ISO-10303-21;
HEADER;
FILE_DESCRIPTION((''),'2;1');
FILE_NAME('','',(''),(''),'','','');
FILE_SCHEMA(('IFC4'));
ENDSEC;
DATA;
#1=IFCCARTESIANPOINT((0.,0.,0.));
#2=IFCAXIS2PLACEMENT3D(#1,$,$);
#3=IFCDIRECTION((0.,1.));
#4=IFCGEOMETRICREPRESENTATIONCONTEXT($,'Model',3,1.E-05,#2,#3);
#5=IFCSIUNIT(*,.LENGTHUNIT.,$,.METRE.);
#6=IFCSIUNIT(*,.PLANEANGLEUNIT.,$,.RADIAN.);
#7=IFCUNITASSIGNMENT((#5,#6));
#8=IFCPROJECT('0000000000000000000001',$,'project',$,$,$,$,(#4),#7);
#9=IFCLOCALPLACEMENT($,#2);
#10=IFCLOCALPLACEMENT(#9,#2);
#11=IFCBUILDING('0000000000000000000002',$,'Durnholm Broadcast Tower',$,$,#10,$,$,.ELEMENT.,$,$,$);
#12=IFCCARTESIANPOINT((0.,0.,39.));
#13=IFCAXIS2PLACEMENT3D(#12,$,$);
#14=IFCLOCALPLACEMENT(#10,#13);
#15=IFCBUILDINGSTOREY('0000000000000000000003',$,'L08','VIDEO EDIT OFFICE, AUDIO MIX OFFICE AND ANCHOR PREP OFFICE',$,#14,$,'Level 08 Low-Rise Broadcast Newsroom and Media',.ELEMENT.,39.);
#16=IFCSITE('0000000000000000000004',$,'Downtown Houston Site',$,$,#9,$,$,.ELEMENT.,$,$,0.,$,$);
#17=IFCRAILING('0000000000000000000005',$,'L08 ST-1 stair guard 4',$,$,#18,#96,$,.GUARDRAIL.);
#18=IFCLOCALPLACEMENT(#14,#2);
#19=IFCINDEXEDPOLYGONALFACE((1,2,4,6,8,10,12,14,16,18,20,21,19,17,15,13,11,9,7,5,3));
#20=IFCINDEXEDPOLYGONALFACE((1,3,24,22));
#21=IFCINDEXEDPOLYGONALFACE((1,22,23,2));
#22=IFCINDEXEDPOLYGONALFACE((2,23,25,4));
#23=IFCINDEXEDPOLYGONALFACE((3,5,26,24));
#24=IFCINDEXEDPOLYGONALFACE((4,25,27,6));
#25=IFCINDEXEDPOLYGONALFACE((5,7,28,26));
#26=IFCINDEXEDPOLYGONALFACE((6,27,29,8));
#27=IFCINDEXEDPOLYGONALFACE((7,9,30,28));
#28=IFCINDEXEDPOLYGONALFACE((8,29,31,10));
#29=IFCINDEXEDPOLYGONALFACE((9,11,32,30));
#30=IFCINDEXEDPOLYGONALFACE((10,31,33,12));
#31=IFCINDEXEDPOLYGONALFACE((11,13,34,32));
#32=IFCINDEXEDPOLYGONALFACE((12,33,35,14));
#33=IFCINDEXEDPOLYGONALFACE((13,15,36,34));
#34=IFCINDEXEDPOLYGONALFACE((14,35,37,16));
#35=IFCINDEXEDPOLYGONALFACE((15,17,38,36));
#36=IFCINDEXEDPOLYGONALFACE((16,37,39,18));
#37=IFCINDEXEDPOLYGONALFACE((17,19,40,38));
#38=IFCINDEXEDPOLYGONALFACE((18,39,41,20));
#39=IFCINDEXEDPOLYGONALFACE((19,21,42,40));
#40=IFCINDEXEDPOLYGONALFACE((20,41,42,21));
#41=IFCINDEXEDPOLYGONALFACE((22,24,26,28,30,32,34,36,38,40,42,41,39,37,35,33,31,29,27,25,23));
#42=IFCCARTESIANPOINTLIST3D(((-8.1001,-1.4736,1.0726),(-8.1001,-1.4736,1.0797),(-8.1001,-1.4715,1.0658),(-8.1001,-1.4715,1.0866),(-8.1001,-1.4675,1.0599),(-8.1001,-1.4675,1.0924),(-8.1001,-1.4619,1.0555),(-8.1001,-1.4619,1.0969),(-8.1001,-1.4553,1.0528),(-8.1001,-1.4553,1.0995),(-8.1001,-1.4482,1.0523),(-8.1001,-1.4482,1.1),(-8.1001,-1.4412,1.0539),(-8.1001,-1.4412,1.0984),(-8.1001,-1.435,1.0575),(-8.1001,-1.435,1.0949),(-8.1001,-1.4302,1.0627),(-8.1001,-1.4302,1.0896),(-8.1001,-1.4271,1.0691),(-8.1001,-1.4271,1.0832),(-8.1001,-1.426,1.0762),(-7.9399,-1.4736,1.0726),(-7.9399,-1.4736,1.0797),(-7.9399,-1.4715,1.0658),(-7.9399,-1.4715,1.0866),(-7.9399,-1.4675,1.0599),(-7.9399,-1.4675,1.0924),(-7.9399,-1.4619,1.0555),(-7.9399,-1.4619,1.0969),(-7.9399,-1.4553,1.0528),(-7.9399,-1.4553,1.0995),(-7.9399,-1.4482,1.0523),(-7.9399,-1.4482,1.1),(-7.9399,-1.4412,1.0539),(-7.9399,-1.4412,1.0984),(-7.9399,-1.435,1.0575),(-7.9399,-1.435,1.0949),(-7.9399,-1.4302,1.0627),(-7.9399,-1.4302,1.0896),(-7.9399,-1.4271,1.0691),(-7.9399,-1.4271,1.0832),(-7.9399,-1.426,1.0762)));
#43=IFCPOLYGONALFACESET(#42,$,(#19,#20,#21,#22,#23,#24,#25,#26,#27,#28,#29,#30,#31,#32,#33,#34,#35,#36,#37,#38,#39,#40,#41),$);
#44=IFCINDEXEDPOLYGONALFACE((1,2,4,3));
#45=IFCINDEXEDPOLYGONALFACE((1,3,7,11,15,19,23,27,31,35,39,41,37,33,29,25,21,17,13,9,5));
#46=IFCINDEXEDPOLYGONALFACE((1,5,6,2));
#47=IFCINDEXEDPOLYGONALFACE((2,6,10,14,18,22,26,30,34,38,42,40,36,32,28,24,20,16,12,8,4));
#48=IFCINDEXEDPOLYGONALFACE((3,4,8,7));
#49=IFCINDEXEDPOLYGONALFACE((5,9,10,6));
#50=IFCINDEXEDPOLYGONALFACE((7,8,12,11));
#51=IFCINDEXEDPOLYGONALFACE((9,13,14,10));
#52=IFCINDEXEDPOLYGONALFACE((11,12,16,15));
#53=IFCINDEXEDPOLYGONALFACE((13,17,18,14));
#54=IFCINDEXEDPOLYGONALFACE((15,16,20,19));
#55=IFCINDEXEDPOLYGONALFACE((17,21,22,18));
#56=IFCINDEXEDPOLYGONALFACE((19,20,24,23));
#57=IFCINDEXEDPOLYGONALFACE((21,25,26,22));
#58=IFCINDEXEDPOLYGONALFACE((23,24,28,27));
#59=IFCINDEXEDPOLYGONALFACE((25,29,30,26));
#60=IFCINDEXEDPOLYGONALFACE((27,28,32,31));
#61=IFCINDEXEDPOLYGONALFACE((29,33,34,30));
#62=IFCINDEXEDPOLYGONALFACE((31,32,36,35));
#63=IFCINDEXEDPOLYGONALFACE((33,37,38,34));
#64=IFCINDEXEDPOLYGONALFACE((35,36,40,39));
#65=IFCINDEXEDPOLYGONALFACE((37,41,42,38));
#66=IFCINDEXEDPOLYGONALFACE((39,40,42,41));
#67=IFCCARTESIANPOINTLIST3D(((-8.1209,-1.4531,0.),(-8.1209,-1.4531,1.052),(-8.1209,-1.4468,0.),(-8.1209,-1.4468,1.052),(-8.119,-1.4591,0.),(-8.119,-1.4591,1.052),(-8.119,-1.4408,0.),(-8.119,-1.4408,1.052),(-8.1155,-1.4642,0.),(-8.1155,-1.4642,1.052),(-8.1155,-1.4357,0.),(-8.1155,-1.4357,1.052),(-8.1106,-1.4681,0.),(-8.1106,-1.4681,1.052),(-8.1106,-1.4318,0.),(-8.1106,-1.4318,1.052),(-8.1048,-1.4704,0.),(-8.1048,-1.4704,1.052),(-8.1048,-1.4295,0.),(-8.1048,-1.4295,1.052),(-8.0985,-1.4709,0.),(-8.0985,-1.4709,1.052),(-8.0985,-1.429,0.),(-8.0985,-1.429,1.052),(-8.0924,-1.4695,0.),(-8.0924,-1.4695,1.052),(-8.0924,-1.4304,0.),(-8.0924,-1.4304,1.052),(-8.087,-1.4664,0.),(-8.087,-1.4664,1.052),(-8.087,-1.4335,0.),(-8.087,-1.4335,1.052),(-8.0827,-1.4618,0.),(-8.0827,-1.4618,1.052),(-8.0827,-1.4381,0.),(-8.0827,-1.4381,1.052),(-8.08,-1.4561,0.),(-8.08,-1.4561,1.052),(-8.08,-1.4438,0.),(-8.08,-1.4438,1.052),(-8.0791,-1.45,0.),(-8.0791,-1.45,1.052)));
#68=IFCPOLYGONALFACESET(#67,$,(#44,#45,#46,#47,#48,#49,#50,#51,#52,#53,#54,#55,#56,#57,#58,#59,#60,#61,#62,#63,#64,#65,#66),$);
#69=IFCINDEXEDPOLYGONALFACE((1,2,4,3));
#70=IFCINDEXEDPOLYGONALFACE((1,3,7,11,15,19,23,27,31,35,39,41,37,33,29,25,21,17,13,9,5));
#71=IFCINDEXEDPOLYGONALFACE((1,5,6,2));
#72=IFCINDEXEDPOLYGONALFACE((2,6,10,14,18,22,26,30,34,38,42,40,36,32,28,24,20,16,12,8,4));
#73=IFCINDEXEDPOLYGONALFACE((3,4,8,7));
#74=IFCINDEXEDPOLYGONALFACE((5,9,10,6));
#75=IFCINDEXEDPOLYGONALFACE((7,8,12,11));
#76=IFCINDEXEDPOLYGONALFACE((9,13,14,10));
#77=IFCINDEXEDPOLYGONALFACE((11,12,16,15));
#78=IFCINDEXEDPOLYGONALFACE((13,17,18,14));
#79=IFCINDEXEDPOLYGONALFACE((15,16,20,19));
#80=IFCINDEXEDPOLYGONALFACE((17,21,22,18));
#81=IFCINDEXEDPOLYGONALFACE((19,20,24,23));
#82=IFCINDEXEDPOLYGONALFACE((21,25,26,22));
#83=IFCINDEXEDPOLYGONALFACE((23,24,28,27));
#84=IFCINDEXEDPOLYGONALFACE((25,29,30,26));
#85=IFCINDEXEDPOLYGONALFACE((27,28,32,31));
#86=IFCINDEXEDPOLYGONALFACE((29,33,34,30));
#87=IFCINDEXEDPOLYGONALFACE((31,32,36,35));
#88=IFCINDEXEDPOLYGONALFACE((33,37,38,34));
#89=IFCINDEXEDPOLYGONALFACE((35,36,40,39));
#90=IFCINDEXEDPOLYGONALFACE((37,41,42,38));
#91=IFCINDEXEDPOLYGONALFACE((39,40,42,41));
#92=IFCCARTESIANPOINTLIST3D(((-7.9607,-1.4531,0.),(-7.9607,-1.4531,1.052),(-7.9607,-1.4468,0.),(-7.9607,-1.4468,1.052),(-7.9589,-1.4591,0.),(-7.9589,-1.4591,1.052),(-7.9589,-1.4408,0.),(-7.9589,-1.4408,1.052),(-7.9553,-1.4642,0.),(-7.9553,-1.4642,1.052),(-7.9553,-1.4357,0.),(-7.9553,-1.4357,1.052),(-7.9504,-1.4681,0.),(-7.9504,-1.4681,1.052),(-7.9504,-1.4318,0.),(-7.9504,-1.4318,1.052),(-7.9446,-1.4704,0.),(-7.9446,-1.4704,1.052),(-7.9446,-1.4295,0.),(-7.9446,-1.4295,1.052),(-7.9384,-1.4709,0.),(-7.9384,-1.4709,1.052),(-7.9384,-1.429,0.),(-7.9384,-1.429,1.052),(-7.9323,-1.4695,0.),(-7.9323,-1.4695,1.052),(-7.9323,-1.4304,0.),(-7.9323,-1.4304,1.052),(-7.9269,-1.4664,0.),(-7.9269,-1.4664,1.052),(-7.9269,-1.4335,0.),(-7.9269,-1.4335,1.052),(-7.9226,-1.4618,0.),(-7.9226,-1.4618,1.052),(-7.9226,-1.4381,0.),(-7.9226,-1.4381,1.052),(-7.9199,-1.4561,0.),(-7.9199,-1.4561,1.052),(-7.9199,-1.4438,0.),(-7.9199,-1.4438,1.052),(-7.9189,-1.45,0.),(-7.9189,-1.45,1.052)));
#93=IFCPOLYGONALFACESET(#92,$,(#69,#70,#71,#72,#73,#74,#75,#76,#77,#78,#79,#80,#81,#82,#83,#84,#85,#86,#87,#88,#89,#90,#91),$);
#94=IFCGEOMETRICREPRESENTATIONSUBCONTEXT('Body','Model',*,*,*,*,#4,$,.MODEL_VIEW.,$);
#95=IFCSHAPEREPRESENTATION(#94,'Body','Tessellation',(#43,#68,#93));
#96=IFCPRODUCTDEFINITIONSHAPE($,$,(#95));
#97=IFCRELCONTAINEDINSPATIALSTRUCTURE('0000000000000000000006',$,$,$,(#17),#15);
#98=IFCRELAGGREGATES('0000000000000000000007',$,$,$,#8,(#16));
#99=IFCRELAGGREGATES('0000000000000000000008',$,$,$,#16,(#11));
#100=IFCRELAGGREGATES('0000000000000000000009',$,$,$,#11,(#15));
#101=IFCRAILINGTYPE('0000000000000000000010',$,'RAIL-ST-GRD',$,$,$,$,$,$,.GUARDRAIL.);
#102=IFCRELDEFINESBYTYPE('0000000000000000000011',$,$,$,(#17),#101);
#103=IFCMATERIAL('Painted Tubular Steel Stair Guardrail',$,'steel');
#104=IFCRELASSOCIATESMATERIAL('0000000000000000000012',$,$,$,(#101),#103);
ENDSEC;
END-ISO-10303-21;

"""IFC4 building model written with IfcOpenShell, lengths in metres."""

from ifc_helpers import new_model, si_unit, direction, frame, origin, origin_2d, place, context, subcontext, project, spatial, circle, extrude, material, type_object, element, save


model = new_model("IFC4")

# Units and contexts
model_context = context("Model", 3, precision=1e-05, world=origin(), true_north=direction((0.0, 1.0)))
body_context = subcontext(model_context, "Body", "Model", "MODEL_VIEW")
ifc_project = project(units=[si_unit("LENGTHUNIT", "METRE"), si_unit("PLANEANGLEUNIT", "RADIAN")], contexts=[model_context])

# Site, building, storey
site_placement = place(None, origin())
site = spatial("IfcSite", under=ifc_project, at=site_placement, Name="Downtown Houston Site", CompositionType="ELEMENT", RefElevation=0.0)
building_placement = place(site_placement, origin())
building = spatial("IfcBuilding", under=site, at=building_placement, Name="Durnholm Broadcast Tower", CompositionType="ELEMENT")
storey_placement = place(building_placement, frame((0.0, 0.0, 39.0)))
storey = spatial("IfcBuildingStorey", under=building, at=storey_placement, Name="L08", Description="VIDEO EDIT OFFICE, AUDIO MIX OFFICE AND ANCHOR PREP OFFICE", LongName="Level 08 Low-Rise Broadcast Newsroom and Media", CompositionType="ELEMENT", Elevation=39.0)

# Railing
ifc_material_1 = material(Name="Painted Tubular Steel Stair Guardrail", Category="steel")
railing_type_1 = type_object("IfcRailingType", Name="RAIL-ST-GRD", PredefinedType="GUARDRAIL", material=ifc_material_1)
railing_1_placement = place(storey_placement, frame((-8.1001, -1.45, 0.0)))
element("IfcRailing", 1, at=railing_1_placement, inside=storey, type_object=railing_type_1, Name="L08 ST-1 stair guard 4", PredefinedType="GUARDRAIL", context=body_context, shape_type="SweptSolid", body=[
    extrude(circle(Radius=0.0239, at=origin_2d()), frame((0.0, 0.0, 1.0762), z_axis=(1.0, 0.0, 0.0), x_axis=(0.0, 1.0, 0.0)), (0.0, 0.0, 1.0), 0.1602),
    extrude(circle(Radius=0.021, at=origin_2d()), origin(), (0.0, 0.0, 1.0), 1.052),
    extrude(circle(Radius=0.021, at=origin_2d()), frame((0.1602, 0.0, 0.0)), (0.0, 0.0, 1.0), 1.052),
])

save(model, "model.ifc")
